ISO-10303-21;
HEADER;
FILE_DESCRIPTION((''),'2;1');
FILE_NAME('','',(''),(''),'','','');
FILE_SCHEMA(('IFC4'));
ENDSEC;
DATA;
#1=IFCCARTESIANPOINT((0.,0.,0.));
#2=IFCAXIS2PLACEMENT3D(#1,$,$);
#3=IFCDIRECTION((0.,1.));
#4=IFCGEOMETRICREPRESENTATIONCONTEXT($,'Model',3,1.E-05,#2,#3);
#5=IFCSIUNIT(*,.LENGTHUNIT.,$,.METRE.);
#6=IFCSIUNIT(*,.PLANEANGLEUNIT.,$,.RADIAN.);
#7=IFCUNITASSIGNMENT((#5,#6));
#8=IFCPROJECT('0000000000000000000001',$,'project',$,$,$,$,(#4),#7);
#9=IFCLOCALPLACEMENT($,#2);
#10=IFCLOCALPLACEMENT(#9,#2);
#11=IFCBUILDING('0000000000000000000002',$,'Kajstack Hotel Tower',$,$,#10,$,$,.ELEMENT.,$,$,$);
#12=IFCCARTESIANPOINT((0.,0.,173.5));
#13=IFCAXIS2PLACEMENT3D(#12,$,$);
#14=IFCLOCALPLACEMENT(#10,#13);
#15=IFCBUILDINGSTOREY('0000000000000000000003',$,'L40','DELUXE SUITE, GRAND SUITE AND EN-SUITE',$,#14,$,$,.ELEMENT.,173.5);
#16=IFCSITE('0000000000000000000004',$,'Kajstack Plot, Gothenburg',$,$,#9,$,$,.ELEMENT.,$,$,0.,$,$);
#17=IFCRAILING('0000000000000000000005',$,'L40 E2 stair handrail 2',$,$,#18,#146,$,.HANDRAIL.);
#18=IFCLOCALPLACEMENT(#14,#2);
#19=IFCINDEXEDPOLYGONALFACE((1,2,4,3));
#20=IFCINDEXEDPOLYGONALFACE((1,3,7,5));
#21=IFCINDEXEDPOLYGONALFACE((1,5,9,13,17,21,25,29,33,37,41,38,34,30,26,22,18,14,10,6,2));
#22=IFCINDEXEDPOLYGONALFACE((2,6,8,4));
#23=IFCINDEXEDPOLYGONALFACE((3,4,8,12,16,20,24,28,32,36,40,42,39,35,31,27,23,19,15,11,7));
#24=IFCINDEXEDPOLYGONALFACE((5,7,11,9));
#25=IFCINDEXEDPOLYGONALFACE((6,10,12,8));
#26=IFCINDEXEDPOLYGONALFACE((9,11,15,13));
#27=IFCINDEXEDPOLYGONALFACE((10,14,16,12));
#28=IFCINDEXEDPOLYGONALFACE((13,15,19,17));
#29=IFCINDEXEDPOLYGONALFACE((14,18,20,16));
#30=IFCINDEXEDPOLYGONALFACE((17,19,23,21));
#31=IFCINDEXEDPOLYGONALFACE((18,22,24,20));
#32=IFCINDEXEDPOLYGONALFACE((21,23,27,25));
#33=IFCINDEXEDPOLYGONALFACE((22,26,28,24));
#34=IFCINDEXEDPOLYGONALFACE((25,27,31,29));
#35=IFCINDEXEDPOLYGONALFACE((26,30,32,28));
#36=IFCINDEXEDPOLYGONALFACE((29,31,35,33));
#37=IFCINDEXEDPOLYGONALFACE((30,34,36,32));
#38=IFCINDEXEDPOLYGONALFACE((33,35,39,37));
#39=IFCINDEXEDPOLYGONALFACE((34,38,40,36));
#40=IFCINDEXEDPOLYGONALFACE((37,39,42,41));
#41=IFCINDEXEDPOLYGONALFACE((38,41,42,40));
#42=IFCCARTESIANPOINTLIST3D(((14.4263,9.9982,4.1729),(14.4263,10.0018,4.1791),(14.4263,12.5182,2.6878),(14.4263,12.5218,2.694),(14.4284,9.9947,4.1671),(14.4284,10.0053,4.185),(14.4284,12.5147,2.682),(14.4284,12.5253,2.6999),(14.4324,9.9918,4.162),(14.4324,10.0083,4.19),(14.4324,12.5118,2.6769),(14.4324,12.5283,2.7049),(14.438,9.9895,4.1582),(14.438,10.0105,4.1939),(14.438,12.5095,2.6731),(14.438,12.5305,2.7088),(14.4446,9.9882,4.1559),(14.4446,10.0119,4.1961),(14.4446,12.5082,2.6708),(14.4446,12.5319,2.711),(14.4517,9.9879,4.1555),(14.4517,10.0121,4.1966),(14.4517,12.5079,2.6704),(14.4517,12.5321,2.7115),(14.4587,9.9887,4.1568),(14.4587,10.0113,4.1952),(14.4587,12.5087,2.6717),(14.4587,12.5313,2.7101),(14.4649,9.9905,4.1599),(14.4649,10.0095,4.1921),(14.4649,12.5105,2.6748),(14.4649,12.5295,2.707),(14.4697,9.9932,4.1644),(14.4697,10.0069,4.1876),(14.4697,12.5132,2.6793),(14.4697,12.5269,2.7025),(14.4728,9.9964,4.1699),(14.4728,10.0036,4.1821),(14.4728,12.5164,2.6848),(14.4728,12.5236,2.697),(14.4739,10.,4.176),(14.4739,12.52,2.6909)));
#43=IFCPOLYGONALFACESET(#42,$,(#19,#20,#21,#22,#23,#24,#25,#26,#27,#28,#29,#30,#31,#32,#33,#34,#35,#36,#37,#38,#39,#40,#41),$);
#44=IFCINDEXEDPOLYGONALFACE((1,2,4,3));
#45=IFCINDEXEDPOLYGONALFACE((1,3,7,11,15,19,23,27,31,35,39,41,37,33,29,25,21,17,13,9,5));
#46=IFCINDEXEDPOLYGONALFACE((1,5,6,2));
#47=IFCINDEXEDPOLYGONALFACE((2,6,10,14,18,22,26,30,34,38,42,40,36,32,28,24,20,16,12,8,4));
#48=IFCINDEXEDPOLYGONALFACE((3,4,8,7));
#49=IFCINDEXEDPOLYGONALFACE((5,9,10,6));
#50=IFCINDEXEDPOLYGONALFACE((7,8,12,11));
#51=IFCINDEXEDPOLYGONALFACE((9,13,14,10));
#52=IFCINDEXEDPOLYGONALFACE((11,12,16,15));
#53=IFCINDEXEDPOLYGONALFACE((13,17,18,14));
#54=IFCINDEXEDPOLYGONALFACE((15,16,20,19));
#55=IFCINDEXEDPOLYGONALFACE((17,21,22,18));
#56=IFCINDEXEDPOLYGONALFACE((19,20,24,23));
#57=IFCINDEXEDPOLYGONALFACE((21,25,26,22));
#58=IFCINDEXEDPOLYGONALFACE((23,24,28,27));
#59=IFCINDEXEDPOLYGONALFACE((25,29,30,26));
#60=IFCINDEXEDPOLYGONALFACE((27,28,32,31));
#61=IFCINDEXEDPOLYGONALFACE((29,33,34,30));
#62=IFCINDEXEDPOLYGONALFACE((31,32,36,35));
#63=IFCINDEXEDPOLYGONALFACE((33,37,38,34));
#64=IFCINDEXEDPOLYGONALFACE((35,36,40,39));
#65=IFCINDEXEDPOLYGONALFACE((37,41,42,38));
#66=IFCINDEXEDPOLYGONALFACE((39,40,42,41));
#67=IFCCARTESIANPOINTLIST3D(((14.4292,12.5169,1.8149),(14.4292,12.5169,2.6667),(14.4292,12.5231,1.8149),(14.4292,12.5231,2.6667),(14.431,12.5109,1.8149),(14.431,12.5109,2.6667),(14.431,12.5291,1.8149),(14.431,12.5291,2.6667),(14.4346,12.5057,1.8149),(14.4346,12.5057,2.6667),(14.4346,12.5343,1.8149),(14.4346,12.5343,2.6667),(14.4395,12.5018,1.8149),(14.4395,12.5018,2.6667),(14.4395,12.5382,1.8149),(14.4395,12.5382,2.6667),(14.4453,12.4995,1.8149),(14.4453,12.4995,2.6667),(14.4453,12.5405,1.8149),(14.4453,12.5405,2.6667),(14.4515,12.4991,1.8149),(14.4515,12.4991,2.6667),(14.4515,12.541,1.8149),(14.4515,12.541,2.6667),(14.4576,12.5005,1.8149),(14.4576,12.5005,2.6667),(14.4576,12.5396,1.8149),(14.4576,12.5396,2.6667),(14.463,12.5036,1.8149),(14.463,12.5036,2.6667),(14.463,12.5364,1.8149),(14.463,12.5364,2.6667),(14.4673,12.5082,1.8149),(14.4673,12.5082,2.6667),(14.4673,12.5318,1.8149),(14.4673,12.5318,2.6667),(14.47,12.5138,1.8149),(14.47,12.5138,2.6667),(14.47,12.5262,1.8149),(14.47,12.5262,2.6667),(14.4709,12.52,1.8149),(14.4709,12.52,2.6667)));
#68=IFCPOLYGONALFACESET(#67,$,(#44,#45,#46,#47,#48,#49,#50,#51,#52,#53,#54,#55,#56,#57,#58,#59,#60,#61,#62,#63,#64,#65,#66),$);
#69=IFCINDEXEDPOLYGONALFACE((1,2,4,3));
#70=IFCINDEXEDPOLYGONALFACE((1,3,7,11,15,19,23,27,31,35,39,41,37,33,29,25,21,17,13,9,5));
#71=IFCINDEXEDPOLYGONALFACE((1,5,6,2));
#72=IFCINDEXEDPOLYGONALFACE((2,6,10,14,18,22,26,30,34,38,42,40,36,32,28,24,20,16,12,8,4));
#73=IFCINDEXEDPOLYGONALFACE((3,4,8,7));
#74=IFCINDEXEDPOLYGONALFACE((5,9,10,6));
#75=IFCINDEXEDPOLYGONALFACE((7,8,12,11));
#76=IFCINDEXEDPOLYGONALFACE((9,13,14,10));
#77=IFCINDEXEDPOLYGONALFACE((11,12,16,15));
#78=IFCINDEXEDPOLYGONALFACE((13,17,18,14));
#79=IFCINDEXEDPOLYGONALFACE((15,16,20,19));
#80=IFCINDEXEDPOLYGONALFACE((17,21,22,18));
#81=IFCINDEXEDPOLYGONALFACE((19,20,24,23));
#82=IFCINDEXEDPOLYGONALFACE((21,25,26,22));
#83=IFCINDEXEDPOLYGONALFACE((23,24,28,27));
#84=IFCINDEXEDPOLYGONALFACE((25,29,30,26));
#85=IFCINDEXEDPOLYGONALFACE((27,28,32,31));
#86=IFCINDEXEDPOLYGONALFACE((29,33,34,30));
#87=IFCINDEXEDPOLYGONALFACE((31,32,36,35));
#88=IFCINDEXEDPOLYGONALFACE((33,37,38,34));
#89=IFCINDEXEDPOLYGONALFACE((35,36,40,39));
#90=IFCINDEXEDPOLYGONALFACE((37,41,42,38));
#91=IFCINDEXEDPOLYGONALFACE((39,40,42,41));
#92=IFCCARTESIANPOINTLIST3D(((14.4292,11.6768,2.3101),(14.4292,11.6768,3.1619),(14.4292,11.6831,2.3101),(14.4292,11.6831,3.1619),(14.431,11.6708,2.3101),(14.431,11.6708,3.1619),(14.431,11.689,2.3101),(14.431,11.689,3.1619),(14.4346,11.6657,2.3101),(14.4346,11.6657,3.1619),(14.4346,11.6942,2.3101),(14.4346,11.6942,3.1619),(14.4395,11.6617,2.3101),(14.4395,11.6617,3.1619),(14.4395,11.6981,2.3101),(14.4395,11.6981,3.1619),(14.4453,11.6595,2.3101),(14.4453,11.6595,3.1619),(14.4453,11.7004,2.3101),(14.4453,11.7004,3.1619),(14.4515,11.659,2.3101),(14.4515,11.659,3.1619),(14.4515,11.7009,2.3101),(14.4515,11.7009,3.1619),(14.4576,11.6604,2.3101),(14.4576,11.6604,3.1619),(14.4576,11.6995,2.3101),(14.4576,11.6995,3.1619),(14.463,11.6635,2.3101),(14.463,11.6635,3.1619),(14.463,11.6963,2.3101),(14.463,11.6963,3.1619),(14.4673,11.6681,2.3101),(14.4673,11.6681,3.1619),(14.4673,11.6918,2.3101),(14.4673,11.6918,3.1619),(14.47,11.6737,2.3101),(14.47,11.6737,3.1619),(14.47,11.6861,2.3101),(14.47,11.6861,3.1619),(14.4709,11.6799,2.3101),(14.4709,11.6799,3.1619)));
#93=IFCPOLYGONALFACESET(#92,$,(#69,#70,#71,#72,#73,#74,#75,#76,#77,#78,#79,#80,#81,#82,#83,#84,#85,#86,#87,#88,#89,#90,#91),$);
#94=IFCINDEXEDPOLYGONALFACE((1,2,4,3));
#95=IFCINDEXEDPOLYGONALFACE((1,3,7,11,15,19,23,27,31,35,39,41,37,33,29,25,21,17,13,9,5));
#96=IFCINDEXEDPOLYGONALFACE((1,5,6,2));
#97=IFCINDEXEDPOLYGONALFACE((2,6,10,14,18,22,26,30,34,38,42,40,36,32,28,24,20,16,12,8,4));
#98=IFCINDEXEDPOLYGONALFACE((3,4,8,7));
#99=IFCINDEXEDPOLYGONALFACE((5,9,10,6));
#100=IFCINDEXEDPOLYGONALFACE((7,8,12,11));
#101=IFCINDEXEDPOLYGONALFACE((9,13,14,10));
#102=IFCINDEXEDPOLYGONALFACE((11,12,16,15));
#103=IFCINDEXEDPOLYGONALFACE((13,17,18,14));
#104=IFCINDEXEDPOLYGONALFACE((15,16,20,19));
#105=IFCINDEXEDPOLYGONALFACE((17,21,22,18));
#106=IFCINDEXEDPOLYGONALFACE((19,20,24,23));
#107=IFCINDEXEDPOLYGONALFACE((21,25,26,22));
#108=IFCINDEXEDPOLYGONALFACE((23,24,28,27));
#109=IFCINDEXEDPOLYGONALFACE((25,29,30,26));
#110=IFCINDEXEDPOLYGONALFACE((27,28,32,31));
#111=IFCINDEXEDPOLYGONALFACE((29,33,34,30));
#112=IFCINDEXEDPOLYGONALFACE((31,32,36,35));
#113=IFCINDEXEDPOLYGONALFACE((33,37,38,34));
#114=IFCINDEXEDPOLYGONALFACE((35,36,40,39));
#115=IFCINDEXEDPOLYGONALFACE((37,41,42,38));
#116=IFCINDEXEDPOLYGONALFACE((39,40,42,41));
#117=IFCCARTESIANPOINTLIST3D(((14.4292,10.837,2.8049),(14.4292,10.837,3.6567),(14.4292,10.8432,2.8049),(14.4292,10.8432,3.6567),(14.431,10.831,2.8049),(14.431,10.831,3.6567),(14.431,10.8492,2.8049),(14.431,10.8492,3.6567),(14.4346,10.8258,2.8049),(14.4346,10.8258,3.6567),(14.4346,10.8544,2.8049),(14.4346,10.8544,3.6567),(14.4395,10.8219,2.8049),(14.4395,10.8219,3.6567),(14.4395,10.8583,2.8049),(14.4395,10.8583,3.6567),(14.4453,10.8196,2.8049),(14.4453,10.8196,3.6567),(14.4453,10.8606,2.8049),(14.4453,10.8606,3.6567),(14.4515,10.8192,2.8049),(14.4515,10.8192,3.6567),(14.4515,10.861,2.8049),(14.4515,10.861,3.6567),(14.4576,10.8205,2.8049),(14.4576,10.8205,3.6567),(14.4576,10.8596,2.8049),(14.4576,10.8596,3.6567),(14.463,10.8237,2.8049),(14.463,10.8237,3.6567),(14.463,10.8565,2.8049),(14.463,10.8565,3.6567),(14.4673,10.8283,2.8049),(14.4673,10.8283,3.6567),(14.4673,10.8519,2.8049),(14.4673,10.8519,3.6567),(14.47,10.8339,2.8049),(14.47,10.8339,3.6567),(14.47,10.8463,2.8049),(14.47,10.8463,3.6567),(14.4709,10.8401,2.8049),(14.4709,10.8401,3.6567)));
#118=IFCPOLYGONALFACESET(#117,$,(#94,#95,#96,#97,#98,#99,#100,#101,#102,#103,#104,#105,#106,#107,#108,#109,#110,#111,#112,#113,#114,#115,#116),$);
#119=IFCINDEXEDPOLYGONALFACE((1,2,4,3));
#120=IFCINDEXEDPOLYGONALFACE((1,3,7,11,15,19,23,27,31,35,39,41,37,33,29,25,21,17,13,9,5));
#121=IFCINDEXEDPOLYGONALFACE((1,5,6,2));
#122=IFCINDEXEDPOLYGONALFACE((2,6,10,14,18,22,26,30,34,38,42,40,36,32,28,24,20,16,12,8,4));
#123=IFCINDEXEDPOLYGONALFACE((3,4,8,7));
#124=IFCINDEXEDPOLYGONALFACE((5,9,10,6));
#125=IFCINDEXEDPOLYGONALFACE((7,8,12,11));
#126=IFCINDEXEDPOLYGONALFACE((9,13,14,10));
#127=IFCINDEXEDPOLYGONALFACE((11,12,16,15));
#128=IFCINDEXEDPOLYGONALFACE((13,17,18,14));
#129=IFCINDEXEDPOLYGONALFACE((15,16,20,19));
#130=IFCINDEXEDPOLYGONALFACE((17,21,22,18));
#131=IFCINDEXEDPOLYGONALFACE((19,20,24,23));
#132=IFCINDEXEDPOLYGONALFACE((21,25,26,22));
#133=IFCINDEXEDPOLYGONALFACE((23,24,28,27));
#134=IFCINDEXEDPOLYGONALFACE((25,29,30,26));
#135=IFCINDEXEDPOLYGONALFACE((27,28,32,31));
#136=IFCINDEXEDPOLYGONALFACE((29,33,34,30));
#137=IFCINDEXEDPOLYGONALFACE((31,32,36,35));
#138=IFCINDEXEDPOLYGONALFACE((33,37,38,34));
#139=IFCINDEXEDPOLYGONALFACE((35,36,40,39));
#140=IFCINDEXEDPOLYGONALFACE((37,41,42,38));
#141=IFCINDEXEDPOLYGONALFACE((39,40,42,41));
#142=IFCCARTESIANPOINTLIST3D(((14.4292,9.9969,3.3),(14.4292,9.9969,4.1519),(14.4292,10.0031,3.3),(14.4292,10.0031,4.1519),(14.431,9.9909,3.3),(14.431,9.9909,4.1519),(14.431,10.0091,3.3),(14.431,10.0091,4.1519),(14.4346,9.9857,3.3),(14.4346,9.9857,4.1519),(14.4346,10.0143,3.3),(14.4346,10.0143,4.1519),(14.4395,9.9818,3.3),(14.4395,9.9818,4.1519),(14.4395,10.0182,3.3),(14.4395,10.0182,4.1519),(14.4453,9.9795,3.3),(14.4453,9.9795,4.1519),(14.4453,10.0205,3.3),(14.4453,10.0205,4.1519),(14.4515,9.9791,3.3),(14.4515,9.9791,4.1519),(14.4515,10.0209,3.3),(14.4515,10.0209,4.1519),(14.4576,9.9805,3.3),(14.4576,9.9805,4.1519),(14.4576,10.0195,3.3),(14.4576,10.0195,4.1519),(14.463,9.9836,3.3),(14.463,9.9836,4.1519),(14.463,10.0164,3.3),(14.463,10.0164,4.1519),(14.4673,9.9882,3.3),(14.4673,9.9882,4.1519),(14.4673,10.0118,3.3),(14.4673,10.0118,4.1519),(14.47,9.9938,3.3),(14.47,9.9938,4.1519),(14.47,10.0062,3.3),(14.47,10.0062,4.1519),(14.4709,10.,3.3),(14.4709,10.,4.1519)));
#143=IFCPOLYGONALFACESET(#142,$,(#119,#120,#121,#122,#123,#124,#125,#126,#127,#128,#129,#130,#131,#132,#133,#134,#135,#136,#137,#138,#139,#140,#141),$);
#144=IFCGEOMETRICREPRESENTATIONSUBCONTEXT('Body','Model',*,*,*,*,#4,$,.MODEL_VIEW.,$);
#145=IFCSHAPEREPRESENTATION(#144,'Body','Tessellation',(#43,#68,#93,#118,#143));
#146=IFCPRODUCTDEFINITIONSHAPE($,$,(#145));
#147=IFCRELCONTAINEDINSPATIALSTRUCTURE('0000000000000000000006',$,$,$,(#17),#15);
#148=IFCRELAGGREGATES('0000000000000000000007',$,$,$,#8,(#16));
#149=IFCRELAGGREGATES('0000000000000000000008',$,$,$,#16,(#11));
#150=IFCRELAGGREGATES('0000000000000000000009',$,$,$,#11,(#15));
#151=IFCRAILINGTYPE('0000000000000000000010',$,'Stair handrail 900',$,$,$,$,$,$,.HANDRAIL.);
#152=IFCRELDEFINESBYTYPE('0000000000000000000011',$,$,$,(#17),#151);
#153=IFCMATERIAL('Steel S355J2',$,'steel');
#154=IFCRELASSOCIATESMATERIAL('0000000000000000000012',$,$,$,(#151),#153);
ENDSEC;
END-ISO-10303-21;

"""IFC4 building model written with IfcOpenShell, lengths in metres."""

from ifc_helpers import new_model, si_unit, direction, frame, origin, origin_2d, place, context, subcontext, project, spatial, circle, extrude, material, type_object, element, save


model = new_model("IFC4")

# Units and contexts
model_context = context("Model", 3, precision=1e-05, world=origin(), true_north=direction((0.0, 1.0)))
body_context = subcontext(model_context, "Body", "Model", "MODEL_VIEW")
ifc_project = project(units=[si_unit("LENGTHUNIT", "METRE"), si_unit("PLANEANGLEUNIT", "RADIAN")], contexts=[model_context])

# Site, building, storey
site_placement = place(None, origin())
site = spatial("IfcSite", under=ifc_project, at=site_placement, Name="Kajstack Plot, Gothenburg", CompositionType="ELEMENT", RefElevation=0.0)
building_placement = place(site_placement, origin())
building = spatial("IfcBuilding", under=site, at=building_placement, Name="Kajstack Hotel Tower", CompositionType="ELEMENT")
storey_placement = place(building_placement, frame((0.0, 0.0, 173.5)))
storey = spatial("IfcBuildingStorey", under=building, at=storey_placement, Name="L40", Description="DELUXE SUITE, GRAND SUITE AND EN-SUITE", CompositionType="ELEMENT", Elevation=173.5)

# Railing
ifc_material_1 = material(Name="Steel S355J2", Category="steel")
railing_type = type_object("IfcRailingType", Name="Stair handrail 900", PredefinedType="HANDRAIL", material=ifc_material_1)
railing_placement = place(storey_placement, frame((14.45, 12.52, 1.8149)))
element("IfcRailing", 1, at=railing_placement, inside=storey, type_object=railing_type, Name="L40 E2 stair handrail 2", PredefinedType="HANDRAIL", context=body_context, shape_type="SweptSolid", body=[
    extrude(circle(Radius=0.0239, at=origin_2d()), frame((0.0, 0.0, 0.876), z_axis=(0.0, -0.861524, 0.507717), x_axis=(1.0, 0.0, 0.0)), (0.0, 0.0, 1.0), 2.925),
    extrude(circle(Radius=0.021, at=origin_2d()), origin(), (0.0, 0.0, 1.0), 0.8518),
    extrude(circle(Radius=0.021, at=origin_2d()), frame((0.0, -0.8401, 0.4951)), (0.0, 0.0, 1.0), 0.8518),
    extrude(circle(Radius=0.021, at=origin_2d()), frame((0.0, -1.6799, 0.99)), (0.0, 0.0, 1.0), 0.8518),
    extrude(circle(Radius=0.021, at=origin_2d()), frame((0.0, -2.52, 1.4851)), (0.0, 0.0, 1.0), 0.8518),
])

save(model, "model.ifc")
